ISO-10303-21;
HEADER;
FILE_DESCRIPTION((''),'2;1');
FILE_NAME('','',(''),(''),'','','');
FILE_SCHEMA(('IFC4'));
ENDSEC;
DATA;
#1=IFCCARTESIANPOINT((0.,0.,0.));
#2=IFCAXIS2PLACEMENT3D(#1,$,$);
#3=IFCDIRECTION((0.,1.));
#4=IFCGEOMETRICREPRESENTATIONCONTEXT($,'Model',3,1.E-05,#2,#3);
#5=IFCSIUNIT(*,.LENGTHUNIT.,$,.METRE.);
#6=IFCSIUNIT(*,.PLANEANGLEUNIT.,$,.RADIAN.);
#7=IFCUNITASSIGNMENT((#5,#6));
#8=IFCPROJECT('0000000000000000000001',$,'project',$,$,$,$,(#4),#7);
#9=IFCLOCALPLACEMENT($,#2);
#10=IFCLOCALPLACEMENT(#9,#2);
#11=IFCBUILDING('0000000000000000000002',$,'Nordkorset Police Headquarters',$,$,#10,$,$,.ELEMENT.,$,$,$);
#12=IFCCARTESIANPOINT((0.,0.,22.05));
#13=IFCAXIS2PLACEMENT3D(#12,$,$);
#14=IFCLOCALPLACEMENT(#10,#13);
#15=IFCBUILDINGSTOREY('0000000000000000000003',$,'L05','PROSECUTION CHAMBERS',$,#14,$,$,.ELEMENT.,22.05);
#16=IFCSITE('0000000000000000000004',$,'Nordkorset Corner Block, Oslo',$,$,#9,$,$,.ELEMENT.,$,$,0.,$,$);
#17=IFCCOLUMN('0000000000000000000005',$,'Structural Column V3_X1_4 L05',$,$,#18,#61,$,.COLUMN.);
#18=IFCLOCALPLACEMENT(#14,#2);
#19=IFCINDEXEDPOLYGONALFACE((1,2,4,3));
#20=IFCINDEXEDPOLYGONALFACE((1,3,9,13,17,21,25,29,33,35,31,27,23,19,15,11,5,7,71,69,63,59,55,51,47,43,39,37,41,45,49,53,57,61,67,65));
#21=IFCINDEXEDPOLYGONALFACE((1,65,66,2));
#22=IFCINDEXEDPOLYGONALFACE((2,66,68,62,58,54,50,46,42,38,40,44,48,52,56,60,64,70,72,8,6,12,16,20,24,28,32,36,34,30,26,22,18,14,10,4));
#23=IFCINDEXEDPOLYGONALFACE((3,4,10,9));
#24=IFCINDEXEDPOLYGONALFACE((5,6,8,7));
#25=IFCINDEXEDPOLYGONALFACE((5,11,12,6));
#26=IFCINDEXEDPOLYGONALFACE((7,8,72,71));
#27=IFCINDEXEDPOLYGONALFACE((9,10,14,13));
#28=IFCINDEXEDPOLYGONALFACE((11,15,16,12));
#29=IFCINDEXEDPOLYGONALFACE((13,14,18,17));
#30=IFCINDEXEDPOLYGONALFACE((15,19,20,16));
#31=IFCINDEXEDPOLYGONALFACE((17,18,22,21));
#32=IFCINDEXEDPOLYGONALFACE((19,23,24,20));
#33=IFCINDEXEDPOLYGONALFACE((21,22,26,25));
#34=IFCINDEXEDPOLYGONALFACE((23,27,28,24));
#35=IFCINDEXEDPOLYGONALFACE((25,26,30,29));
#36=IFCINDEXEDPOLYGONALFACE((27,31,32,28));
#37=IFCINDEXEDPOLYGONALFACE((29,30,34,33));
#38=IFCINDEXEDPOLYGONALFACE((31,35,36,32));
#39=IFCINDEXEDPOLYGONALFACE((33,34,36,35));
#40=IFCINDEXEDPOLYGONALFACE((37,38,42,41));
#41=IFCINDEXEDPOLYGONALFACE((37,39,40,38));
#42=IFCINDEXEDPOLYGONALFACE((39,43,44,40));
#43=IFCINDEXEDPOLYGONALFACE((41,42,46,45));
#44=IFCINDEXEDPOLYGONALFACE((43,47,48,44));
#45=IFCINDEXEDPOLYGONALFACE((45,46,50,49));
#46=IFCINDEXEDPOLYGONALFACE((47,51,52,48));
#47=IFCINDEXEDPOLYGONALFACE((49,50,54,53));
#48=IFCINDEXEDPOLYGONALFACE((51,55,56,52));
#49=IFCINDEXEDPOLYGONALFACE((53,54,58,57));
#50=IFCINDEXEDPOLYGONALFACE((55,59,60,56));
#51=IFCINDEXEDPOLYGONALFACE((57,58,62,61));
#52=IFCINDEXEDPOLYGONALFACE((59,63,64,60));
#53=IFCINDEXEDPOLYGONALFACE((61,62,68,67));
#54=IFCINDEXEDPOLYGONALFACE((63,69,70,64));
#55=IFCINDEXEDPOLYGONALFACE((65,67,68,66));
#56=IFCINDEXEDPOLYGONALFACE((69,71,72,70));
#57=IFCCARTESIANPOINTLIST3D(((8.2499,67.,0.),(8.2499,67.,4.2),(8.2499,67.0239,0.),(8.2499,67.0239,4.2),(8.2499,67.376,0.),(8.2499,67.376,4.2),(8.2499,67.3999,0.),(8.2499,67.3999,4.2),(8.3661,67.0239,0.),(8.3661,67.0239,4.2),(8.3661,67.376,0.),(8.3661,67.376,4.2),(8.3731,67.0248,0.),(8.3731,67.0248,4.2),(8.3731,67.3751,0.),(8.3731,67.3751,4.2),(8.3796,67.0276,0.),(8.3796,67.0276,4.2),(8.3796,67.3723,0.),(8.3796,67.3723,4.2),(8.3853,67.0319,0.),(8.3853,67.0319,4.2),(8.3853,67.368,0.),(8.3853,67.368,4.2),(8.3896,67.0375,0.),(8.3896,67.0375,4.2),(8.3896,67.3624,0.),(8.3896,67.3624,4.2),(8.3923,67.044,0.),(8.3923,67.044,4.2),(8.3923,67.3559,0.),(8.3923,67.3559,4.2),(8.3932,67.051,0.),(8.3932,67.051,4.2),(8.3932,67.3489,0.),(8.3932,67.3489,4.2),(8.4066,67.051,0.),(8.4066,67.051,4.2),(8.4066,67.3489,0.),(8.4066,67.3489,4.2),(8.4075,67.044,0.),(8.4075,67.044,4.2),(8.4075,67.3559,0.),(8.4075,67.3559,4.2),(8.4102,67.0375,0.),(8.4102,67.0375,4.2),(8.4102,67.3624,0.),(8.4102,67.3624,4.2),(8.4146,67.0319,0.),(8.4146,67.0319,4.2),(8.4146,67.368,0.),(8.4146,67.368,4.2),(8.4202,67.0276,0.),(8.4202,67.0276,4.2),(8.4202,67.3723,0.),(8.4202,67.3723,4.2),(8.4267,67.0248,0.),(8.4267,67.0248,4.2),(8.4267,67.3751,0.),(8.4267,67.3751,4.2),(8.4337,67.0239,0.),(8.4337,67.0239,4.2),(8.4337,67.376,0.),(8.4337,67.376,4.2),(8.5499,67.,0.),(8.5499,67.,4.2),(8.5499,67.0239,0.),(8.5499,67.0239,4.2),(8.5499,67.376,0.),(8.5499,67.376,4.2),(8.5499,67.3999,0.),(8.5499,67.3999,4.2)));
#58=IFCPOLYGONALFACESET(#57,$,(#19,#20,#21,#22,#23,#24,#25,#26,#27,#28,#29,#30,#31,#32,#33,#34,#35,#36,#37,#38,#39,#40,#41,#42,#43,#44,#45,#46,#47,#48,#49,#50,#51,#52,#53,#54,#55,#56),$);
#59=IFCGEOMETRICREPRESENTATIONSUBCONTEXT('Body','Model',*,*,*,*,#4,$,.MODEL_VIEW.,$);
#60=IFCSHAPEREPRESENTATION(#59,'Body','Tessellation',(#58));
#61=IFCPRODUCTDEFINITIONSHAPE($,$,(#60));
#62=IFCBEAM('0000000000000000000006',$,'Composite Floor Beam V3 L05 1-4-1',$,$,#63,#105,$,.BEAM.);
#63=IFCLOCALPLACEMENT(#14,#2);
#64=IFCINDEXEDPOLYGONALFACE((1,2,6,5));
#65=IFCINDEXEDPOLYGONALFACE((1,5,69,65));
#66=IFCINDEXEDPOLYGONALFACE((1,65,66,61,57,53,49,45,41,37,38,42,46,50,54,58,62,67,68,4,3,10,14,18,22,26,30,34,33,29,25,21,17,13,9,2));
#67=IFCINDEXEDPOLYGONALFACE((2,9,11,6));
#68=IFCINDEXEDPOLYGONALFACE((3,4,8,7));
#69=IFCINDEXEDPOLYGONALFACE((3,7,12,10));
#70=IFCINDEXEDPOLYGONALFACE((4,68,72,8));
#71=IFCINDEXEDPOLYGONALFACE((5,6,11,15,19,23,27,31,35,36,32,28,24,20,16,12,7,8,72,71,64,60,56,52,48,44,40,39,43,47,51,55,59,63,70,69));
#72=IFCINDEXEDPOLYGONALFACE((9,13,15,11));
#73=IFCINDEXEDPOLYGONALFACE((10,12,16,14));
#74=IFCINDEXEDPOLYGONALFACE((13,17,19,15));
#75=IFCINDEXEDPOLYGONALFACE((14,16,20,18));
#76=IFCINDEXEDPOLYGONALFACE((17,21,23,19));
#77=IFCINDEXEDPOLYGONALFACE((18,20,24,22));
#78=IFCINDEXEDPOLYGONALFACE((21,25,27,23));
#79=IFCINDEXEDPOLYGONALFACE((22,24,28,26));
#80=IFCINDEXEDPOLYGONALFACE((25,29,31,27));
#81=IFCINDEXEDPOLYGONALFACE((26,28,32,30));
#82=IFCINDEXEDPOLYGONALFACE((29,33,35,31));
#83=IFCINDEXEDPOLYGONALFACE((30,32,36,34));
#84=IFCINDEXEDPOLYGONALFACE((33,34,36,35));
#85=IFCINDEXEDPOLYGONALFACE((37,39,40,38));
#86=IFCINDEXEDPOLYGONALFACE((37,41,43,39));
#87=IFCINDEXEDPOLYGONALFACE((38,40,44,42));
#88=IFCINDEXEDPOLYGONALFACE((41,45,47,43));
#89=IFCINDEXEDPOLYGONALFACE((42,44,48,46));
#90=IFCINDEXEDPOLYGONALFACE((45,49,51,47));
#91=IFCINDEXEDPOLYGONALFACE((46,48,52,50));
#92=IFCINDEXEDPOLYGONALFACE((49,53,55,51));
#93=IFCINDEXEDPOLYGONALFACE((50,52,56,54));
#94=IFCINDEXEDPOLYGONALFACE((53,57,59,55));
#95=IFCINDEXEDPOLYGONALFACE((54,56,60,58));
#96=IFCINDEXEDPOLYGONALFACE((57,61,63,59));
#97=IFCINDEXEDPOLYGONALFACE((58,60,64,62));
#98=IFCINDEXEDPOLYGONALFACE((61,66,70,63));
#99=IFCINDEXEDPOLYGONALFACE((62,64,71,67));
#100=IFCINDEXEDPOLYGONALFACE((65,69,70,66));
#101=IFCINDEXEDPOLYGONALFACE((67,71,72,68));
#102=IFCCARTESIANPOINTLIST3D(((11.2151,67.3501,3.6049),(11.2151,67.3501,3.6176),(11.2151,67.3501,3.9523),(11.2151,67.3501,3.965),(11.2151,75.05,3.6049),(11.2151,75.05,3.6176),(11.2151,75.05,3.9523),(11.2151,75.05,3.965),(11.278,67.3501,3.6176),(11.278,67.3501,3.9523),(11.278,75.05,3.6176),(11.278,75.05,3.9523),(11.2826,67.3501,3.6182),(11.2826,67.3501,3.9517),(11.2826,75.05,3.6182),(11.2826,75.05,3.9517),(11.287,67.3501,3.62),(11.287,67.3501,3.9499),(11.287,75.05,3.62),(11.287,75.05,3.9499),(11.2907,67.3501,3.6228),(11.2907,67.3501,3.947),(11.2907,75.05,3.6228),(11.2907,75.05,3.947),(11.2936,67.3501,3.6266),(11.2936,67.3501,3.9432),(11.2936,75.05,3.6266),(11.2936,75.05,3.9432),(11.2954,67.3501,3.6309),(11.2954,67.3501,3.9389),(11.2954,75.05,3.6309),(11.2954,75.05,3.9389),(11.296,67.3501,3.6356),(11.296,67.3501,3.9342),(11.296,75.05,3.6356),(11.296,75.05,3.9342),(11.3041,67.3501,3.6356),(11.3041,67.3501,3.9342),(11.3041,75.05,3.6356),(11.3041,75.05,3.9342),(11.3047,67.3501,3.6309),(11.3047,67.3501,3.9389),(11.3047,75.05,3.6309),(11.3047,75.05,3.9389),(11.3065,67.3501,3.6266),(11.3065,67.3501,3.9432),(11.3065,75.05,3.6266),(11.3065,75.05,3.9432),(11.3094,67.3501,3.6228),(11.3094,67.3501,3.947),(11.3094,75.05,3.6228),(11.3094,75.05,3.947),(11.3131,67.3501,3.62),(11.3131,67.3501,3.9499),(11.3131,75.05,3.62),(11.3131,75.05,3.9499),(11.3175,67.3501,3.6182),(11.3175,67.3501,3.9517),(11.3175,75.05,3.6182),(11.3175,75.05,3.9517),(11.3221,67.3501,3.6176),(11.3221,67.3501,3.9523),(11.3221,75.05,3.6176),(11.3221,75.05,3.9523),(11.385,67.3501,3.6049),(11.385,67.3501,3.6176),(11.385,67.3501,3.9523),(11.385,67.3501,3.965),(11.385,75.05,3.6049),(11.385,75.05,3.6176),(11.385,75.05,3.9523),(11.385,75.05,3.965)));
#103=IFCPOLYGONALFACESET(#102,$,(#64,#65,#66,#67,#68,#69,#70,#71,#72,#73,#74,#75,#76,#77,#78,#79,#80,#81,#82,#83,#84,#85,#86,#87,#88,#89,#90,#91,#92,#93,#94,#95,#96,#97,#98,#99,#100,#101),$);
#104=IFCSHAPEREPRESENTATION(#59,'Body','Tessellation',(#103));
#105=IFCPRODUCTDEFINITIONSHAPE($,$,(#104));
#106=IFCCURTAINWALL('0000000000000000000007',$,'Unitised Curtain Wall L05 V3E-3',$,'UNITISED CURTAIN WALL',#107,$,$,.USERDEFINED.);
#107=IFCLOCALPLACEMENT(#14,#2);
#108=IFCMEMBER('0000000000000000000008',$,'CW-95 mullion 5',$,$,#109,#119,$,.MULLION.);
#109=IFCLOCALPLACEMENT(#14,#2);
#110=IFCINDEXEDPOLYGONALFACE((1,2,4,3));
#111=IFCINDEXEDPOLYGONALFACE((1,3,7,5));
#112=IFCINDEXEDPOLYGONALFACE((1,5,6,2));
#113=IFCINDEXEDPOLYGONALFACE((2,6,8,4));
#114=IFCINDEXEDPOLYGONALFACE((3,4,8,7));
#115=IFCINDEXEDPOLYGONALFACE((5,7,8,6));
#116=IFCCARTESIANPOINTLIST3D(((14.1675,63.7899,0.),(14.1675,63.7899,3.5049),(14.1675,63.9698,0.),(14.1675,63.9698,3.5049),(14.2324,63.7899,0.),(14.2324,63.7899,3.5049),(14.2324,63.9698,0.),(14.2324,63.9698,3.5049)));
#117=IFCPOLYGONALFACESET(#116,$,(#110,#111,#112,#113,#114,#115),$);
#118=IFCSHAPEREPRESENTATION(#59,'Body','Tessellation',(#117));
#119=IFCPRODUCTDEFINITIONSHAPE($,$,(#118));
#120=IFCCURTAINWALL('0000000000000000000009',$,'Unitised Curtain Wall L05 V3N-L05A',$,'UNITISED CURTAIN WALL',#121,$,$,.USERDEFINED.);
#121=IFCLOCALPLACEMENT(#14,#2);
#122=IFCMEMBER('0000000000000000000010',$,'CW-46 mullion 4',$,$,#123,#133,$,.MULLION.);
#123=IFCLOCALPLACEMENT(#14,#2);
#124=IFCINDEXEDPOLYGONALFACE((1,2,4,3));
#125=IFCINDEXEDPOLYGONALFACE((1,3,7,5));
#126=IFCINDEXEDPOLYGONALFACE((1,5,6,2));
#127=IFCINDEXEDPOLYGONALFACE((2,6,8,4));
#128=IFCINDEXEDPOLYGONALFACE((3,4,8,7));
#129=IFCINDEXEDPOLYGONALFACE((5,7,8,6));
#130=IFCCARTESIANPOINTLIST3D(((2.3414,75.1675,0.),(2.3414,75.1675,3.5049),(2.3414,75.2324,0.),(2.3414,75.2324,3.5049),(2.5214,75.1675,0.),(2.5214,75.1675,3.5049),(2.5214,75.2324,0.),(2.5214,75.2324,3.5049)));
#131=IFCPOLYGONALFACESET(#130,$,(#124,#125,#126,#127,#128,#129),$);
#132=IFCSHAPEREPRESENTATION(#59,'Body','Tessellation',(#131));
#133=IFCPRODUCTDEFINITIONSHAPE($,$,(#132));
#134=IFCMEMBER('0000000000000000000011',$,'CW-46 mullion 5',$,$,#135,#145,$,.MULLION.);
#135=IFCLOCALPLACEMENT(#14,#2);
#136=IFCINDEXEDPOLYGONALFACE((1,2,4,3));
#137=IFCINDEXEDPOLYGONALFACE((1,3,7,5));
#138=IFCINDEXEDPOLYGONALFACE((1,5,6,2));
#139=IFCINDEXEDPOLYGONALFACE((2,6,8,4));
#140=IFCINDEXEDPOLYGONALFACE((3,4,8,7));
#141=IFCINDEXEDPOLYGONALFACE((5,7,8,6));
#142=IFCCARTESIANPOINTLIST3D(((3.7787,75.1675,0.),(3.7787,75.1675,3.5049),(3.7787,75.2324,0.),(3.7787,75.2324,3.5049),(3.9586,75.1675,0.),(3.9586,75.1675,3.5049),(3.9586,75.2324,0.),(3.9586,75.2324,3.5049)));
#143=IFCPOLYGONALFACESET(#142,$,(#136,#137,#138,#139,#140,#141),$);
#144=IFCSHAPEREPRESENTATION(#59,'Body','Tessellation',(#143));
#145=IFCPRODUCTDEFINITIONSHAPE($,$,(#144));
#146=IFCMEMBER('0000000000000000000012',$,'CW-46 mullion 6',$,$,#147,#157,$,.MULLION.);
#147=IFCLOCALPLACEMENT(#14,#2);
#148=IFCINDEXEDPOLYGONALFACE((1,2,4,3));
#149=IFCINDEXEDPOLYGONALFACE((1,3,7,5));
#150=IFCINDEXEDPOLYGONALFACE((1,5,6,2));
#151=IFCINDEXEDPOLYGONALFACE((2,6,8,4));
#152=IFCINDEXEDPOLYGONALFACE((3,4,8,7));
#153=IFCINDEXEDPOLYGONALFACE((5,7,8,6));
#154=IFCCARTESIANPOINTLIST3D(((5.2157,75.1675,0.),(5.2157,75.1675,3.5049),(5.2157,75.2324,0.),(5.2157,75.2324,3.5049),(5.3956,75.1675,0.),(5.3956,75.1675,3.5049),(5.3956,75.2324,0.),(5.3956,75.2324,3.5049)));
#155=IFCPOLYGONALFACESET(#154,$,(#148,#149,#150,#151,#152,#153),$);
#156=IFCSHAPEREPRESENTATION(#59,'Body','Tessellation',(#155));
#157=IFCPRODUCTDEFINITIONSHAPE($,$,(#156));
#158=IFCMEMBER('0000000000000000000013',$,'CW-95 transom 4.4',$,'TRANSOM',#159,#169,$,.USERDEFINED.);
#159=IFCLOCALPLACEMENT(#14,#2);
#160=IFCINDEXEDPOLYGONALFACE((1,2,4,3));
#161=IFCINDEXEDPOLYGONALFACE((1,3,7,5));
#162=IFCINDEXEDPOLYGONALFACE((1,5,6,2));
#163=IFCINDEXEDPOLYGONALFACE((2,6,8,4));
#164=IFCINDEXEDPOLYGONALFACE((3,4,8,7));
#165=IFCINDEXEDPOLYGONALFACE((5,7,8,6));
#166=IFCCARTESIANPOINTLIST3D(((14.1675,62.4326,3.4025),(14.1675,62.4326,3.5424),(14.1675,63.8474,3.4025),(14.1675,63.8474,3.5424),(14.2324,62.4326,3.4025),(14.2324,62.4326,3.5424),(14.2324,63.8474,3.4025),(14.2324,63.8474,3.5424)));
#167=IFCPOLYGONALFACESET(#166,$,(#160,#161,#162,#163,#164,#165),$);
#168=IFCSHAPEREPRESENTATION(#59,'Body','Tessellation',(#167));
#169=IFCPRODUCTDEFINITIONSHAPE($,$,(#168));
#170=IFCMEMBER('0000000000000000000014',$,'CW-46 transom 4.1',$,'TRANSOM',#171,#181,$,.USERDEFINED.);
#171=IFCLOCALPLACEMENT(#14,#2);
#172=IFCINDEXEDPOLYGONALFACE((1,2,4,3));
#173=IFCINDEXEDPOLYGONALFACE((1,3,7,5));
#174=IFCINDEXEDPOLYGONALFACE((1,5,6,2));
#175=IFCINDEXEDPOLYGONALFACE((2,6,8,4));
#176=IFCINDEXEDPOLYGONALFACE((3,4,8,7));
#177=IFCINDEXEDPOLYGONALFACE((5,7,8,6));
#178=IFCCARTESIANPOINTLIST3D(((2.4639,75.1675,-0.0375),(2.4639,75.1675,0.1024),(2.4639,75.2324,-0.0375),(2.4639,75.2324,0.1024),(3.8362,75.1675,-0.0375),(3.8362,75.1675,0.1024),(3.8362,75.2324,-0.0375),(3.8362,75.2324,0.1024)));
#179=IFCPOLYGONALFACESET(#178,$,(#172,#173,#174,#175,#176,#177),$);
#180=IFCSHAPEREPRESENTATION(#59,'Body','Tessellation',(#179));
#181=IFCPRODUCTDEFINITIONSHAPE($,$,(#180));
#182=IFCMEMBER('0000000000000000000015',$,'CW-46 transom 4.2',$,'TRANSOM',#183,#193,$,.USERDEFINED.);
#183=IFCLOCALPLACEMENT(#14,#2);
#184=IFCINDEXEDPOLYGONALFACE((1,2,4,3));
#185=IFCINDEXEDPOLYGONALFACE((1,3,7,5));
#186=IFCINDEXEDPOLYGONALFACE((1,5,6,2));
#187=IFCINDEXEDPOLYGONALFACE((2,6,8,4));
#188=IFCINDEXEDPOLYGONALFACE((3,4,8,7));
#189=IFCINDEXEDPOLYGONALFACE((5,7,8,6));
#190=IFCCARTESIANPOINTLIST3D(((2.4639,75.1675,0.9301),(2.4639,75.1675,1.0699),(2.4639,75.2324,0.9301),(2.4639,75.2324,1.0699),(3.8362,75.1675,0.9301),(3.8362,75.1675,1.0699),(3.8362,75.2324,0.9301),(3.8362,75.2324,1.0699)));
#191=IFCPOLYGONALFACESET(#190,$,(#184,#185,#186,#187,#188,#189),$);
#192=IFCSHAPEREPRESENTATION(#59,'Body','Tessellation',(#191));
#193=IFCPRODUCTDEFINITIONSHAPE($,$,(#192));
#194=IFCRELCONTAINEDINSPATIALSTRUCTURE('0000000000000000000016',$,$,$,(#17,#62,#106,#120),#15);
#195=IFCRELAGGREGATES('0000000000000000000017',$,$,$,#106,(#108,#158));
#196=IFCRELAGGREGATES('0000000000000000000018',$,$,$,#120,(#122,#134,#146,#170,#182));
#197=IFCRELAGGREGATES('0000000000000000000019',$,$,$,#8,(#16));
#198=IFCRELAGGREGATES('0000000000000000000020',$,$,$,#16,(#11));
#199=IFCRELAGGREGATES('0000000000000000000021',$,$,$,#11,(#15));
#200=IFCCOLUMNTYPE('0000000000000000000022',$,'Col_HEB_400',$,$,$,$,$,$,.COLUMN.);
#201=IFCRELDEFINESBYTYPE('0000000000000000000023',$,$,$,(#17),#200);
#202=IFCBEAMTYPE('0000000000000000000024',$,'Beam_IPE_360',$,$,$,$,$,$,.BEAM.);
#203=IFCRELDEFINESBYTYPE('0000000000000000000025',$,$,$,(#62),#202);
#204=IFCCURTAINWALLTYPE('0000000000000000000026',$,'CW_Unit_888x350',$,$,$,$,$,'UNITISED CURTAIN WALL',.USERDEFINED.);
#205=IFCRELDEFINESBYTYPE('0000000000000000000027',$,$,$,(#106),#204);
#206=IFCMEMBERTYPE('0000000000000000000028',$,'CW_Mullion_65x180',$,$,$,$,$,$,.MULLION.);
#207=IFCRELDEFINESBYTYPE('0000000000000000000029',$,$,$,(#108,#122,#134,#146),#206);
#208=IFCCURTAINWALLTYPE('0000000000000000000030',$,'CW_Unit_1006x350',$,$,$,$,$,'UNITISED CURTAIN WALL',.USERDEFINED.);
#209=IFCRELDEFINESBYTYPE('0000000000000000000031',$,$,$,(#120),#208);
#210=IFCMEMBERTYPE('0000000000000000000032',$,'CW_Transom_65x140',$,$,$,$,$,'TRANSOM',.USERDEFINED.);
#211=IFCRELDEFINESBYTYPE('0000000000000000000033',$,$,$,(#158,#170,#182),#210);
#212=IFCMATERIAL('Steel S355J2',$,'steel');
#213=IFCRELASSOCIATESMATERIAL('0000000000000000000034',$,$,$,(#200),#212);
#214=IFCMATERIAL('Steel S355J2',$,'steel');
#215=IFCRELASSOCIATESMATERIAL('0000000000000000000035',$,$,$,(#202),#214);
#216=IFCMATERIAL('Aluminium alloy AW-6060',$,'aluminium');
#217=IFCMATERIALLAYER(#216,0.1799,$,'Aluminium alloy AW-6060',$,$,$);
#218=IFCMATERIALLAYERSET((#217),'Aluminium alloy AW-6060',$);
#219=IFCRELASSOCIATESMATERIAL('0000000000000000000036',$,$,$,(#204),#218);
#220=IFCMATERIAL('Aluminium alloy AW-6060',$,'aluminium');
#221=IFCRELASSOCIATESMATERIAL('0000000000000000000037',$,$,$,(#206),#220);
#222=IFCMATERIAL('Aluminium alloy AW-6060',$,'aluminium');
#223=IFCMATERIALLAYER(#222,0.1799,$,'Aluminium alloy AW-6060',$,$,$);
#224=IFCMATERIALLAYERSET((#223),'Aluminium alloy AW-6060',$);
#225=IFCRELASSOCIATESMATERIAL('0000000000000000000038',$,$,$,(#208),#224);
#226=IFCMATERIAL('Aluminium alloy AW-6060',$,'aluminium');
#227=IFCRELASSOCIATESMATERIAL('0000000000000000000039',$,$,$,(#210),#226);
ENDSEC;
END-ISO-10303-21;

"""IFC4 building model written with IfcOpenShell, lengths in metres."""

from ifc_helpers import new_model, si_unit, direction, frame, origin, origin_2d, place, context, subcontext, project, spatial, rectangle, i_section, extrude, material, layer, layer_set, material_profile, profile_set, type_object, element, aggregate, save


model = new_model("IFC4")

# Units and contexts
model_context = context("Model", 3, precision=1e-05, world=origin(), true_north=direction((0.0, 1.0)))
body_context = subcontext(model_context, "Body", "Model", "MODEL_VIEW")
ifc_project = project(units=[si_unit("LENGTHUNIT", "METRE"), si_unit("PLANEANGLEUNIT", "RADIAN")], contexts=[model_context])

# Site, building, storey
site_placement = place(None, origin())
site = spatial("IfcSite", under=ifc_project, at=site_placement, Name="Nordkorset Corner Block, Oslo", CompositionType="ELEMENT", RefElevation=0.0)
building_placement = place(site_placement, origin())
building = spatial("IfcBuilding", under=site, at=building_placement, Name="Nordkorset Police Headquarters", CompositionType="ELEMENT")
storey_placement = place(building_placement, frame((0.0, 0.0, 22.05)))
storey = spatial("IfcBuildingStorey", under=building, at=storey_placement, Name="L05", Description="PROSECUTION CHAMBERS", CompositionType="ELEMENT", Elevation=22.05)

# Column
ifc_material_1 = material(Name="Steel S355J2", Category="steel")
ifc_material_profile_1 = material_profile(ifc_material_1, i_section(OverallWidth=0.3, OverallDepth=0.3999, WebThickness=0.0134, FlangeThickness=0.0239, FilletRadius=0.0271, at=origin_2d()), Name="HEB 400")
ifc_profile_set_1 = profile_set([ifc_material_profile_1], Name="Steel S355J2")
column_type = type_object("IfcColumnType", Name="Col_HEB_400", PredefinedType="COLUMN", material=ifc_profile_set_1)
column_placement = place(storey_placement, frame((8.3999, 67.2, 0.0), z_axis=(0.0, 0.0, 1.0), x_axis=(1.0, 0.0, 0.0)))
element("IfcColumn", 1, at=column_placement, inside=storey, type_object=column_type, Name="Structural Column V3_X1_4 L05", PredefinedType="COLUMN", context=body_context, shape_type="SweptSolid", body=[
    extrude(i_section(OverallWidth=0.3, OverallDepth=0.3999, WebThickness=0.0134, FlangeThickness=0.0239, FilletRadius=0.0271, at=origin_2d()), origin(), (0.0, 0.0, 1.0), 4.2),
])

# Beam
ifc_material_2 = material(Name="Steel S355J2", Category="steel")
ifc_material_profile_2 = material_profile(ifc_material_2, i_section(OverallWidth=0.1699, OverallDepth=0.3601, WebThickness=0.0081, FlangeThickness=0.0127, FilletRadius=0.0181, at=origin_2d()), Name="IPE 360")
ifc_profile_set_2 = profile_set([ifc_material_profile_2], Name="Steel S355J2")
beam_type_1 = type_object("IfcBeamType", Name="Beam_IPE_360", PredefinedType="BEAM", material=ifc_profile_set_2)
beam_1_placement = place(storey_placement, frame((11.3, 67.3501, 3.7849), z_axis=(0.0, 1.0, 0.0), x_axis=(-1.0, 0.0, 0.0)))
element("IfcBeam", 2, at=beam_1_placement, inside=storey, type_object=beam_type_1, Name="Composite Floor Beam V3 L05 1-4-1", PredefinedType="BEAM", context=body_context, shape_type="SweptSolid", body=[
    extrude(i_section(OverallWidth=0.1699, OverallDepth=0.3601, WebThickness=0.0081, FlangeThickness=0.0127, FilletRadius=0.0181, at=origin_2d()), origin(), (0.0, 0.0, 1.0), 7.7),
])

# Curtain wall, member
ifc_material_3 = material(Name="Aluminium alloy AW-6060", Category="aluminium")
ifc_layer_1 = layer(ifc_material_3, 0.1799, Name="Aluminium alloy AW-6060")
ifc_layer_set_1 = layer_set([ifc_layer_1], Name="Aluminium alloy AW-6060")
curtain_wall_type_1 = type_object("IfcCurtainWallType", Name="CW_Unit_888x350", ElementType="UNITISED CURTAIN WALL", PredefinedType="USERDEFINED", material=ifc_layer_set_1)
curtain_wall_1_placement = place(storey_placement, origin())
curtain_wall_1 = element("IfcCurtainWall", 3, at=curtain_wall_1_placement, inside=storey, type_object=curtain_wall_type_1, Name="Unitised Curtain Wall L05 V3E-3", ObjectType="UNITISED CURTAIN WALL", PredefinedType="USERDEFINED")
ifc_material_4 = material(Name="Aluminium alloy AW-6060", Category="aluminium")
ifc_material_profile_3 = material_profile(ifc_material_4, rectangle(XDim=0.0649, YDim=0.1799, at=origin_2d()), Name="ALU MULL 65x180")
ifc_profile_set_3 = profile_set([ifc_material_profile_3], Name="Aluminium alloy AW-6060")
member_type_1 = type_object("IfcMemberType", Name="CW_Mullion_65x180", PredefinedType="MULLION", material=ifc_profile_set_3)
member_1_placement = place(storey_placement, frame((14.2, 63.8799, 0.0), z_axis=(0.0, 0.0, 1.0), x_axis=(-1.0, 0.0, 0.0)))
member_1 = element("IfcMember", 4, at=member_1_placement, type_object=member_type_1, Name="CW-95 mullion 5", PredefinedType="MULLION", context=body_context, shape_type="SweptSolid", body=[
    extrude(rectangle(XDim=0.0649, YDim=0.1799, at=origin_2d()), origin(), (0.0, 0.0, 1.0), 3.5049),
])

# Curtain wall, members
ifc_material_5 = material(Name="Aluminium alloy AW-6060", Category="aluminium")
ifc_layer_2 = layer(ifc_material_5, 0.1799, Name="Aluminium alloy AW-6060")
ifc_layer_set_2 = layer_set([ifc_layer_2], Name="Aluminium alloy AW-6060")
curtain_wall_type_2 = type_object("IfcCurtainWallType", Name="CW_Unit_1006x350", ElementType="UNITISED CURTAIN WALL", PredefinedType="USERDEFINED", material=ifc_layer_set_2)
curtain_wall_2_placement = place(storey_placement, origin())
curtain_wall_2 = element("IfcCurtainWall", 5, at=curtain_wall_2_placement, inside=storey, type_object=curtain_wall_type_2, Name="Unitised Curtain Wall L05 V3N-L05A", ObjectType="UNITISED CURTAIN WALL", PredefinedType="USERDEFINED")
member_2_placement = place(storey_placement, frame((2.4314, 75.2, 0.0), z_axis=(0.0, 0.0, 1.0), x_axis=(0.0, 1.0, 0.0)))
member_2 = element("IfcMember", 6, at=member_2_placement, type_object=member_type_1, Name="CW-46 mullion 4", PredefinedType="MULLION", context=body_context, shape_type="SweptSolid", body=[
    extrude(rectangle(XDim=0.0649, YDim=0.1799, at=origin_2d()), origin(), (0.0, 0.0, 1.0), 3.5049),
])
member_3_placement = place(storey_placement, frame((3.8687, 75.2, 0.0), z_axis=(0.0, 0.0, 1.0), x_axis=(0.0, 1.0, 0.0)))
member_3 = element("IfcMember", 7, at=member_3_placement, type_object=member_type_1, Name="CW-46 mullion 5", PredefinedType="MULLION", context=body_context, shape_type="SweptSolid", body=[
    extrude(rectangle(XDim=0.0649, YDim=0.1799, at=origin_2d()), origin(), (0.0, 0.0, 1.0), 3.5049),
])
member_4_placement = place(storey_placement, frame((5.3057, 75.2, 0.0), z_axis=(0.0, 0.0, 1.0), x_axis=(0.0, 1.0, 0.0)))
member_4 = element("IfcMember", 8, at=member_4_placement, type_object=member_type_1, Name="CW-46 mullion 6", PredefinedType="MULLION", context=body_context, shape_type="SweptSolid", body=[
    extrude(rectangle(XDim=0.0649, YDim=0.1799, at=origin_2d()), origin(), (0.0, 0.0, 1.0), 3.5049),
])

# Members
ifc_material_6 = material(Name="Aluminium alloy AW-6060", Category="aluminium")
ifc_material_profile_4 = material_profile(ifc_material_6, rectangle(XDim=0.0649, YDim=0.1399, at=origin_2d()), Name="ALU TRAN 65x140")
ifc_profile_set_4 = profile_set([ifc_material_profile_4], Name="Aluminium alloy AW-6060")
member_type_2 = type_object("IfcMemberType", Name="CW_Transom_65x140", ElementType="TRANSOM", PredefinedType="USERDEFINED", material=ifc_profile_set_4)
member_5_placement = place(storey_placement, frame((14.2, 62.4326, 3.4724), z_axis=(0.0, 1.0, 0.0), x_axis=(-1.0, 0.0, 0.0)))
member_5 = element("IfcMember", 9, at=member_5_placement, type_object=member_type_2, Name="CW-95 transom 4.4", ObjectType="TRANSOM", PredefinedType="USERDEFINED", context=body_context, shape_type="SweptSolid", body=[
    extrude(rectangle(XDim=0.0649, YDim=0.1399, at=origin_2d()), origin(), (0.0, 0.0, 1.0), 1.4148),
])
member_6_placement = place(storey_placement, frame((2.4639, 75.2, 0.0325), z_axis=(1.0, 0.0, 0.0), x_axis=(0.0, 1.0, 0.0)))
member_6 = element("IfcMember", 10, at=member_6_placement, type_object=member_type_2, Name="CW-46 transom 4.1", ObjectType="TRANSOM", PredefinedType="USERDEFINED", context=body_context, shape_type="SweptSolid", body=[
    extrude(rectangle(XDim=0.0649, YDim=0.1399, at=origin_2d()), origin(), (0.0, 0.0, 1.0), 1.3723),
])
member_7_placement = place(storey_placement, frame((2.4639, 75.2, 1.0), z_axis=(1.0, 0.0, 0.0), x_axis=(0.0, 1.0, 0.0)))
member_7 = element("IfcMember", 11, at=member_7_placement, type_object=member_type_2, Name="CW-46 transom 4.2", ObjectType="TRANSOM", PredefinedType="USERDEFINED", context=body_context, shape_type="SweptSolid", body=[
    extrude(rectangle(XDim=0.0649, YDim=0.1399, at=origin_2d()), origin(), (0.0, 0.0, 1.0), 1.3723),
])

aggregate(curtain_wall_1, [member_1, member_5])
aggregate(curtain_wall_2, [member_2, member_3, member_4, member_6, member_7])

save(model, "model.ifc")
